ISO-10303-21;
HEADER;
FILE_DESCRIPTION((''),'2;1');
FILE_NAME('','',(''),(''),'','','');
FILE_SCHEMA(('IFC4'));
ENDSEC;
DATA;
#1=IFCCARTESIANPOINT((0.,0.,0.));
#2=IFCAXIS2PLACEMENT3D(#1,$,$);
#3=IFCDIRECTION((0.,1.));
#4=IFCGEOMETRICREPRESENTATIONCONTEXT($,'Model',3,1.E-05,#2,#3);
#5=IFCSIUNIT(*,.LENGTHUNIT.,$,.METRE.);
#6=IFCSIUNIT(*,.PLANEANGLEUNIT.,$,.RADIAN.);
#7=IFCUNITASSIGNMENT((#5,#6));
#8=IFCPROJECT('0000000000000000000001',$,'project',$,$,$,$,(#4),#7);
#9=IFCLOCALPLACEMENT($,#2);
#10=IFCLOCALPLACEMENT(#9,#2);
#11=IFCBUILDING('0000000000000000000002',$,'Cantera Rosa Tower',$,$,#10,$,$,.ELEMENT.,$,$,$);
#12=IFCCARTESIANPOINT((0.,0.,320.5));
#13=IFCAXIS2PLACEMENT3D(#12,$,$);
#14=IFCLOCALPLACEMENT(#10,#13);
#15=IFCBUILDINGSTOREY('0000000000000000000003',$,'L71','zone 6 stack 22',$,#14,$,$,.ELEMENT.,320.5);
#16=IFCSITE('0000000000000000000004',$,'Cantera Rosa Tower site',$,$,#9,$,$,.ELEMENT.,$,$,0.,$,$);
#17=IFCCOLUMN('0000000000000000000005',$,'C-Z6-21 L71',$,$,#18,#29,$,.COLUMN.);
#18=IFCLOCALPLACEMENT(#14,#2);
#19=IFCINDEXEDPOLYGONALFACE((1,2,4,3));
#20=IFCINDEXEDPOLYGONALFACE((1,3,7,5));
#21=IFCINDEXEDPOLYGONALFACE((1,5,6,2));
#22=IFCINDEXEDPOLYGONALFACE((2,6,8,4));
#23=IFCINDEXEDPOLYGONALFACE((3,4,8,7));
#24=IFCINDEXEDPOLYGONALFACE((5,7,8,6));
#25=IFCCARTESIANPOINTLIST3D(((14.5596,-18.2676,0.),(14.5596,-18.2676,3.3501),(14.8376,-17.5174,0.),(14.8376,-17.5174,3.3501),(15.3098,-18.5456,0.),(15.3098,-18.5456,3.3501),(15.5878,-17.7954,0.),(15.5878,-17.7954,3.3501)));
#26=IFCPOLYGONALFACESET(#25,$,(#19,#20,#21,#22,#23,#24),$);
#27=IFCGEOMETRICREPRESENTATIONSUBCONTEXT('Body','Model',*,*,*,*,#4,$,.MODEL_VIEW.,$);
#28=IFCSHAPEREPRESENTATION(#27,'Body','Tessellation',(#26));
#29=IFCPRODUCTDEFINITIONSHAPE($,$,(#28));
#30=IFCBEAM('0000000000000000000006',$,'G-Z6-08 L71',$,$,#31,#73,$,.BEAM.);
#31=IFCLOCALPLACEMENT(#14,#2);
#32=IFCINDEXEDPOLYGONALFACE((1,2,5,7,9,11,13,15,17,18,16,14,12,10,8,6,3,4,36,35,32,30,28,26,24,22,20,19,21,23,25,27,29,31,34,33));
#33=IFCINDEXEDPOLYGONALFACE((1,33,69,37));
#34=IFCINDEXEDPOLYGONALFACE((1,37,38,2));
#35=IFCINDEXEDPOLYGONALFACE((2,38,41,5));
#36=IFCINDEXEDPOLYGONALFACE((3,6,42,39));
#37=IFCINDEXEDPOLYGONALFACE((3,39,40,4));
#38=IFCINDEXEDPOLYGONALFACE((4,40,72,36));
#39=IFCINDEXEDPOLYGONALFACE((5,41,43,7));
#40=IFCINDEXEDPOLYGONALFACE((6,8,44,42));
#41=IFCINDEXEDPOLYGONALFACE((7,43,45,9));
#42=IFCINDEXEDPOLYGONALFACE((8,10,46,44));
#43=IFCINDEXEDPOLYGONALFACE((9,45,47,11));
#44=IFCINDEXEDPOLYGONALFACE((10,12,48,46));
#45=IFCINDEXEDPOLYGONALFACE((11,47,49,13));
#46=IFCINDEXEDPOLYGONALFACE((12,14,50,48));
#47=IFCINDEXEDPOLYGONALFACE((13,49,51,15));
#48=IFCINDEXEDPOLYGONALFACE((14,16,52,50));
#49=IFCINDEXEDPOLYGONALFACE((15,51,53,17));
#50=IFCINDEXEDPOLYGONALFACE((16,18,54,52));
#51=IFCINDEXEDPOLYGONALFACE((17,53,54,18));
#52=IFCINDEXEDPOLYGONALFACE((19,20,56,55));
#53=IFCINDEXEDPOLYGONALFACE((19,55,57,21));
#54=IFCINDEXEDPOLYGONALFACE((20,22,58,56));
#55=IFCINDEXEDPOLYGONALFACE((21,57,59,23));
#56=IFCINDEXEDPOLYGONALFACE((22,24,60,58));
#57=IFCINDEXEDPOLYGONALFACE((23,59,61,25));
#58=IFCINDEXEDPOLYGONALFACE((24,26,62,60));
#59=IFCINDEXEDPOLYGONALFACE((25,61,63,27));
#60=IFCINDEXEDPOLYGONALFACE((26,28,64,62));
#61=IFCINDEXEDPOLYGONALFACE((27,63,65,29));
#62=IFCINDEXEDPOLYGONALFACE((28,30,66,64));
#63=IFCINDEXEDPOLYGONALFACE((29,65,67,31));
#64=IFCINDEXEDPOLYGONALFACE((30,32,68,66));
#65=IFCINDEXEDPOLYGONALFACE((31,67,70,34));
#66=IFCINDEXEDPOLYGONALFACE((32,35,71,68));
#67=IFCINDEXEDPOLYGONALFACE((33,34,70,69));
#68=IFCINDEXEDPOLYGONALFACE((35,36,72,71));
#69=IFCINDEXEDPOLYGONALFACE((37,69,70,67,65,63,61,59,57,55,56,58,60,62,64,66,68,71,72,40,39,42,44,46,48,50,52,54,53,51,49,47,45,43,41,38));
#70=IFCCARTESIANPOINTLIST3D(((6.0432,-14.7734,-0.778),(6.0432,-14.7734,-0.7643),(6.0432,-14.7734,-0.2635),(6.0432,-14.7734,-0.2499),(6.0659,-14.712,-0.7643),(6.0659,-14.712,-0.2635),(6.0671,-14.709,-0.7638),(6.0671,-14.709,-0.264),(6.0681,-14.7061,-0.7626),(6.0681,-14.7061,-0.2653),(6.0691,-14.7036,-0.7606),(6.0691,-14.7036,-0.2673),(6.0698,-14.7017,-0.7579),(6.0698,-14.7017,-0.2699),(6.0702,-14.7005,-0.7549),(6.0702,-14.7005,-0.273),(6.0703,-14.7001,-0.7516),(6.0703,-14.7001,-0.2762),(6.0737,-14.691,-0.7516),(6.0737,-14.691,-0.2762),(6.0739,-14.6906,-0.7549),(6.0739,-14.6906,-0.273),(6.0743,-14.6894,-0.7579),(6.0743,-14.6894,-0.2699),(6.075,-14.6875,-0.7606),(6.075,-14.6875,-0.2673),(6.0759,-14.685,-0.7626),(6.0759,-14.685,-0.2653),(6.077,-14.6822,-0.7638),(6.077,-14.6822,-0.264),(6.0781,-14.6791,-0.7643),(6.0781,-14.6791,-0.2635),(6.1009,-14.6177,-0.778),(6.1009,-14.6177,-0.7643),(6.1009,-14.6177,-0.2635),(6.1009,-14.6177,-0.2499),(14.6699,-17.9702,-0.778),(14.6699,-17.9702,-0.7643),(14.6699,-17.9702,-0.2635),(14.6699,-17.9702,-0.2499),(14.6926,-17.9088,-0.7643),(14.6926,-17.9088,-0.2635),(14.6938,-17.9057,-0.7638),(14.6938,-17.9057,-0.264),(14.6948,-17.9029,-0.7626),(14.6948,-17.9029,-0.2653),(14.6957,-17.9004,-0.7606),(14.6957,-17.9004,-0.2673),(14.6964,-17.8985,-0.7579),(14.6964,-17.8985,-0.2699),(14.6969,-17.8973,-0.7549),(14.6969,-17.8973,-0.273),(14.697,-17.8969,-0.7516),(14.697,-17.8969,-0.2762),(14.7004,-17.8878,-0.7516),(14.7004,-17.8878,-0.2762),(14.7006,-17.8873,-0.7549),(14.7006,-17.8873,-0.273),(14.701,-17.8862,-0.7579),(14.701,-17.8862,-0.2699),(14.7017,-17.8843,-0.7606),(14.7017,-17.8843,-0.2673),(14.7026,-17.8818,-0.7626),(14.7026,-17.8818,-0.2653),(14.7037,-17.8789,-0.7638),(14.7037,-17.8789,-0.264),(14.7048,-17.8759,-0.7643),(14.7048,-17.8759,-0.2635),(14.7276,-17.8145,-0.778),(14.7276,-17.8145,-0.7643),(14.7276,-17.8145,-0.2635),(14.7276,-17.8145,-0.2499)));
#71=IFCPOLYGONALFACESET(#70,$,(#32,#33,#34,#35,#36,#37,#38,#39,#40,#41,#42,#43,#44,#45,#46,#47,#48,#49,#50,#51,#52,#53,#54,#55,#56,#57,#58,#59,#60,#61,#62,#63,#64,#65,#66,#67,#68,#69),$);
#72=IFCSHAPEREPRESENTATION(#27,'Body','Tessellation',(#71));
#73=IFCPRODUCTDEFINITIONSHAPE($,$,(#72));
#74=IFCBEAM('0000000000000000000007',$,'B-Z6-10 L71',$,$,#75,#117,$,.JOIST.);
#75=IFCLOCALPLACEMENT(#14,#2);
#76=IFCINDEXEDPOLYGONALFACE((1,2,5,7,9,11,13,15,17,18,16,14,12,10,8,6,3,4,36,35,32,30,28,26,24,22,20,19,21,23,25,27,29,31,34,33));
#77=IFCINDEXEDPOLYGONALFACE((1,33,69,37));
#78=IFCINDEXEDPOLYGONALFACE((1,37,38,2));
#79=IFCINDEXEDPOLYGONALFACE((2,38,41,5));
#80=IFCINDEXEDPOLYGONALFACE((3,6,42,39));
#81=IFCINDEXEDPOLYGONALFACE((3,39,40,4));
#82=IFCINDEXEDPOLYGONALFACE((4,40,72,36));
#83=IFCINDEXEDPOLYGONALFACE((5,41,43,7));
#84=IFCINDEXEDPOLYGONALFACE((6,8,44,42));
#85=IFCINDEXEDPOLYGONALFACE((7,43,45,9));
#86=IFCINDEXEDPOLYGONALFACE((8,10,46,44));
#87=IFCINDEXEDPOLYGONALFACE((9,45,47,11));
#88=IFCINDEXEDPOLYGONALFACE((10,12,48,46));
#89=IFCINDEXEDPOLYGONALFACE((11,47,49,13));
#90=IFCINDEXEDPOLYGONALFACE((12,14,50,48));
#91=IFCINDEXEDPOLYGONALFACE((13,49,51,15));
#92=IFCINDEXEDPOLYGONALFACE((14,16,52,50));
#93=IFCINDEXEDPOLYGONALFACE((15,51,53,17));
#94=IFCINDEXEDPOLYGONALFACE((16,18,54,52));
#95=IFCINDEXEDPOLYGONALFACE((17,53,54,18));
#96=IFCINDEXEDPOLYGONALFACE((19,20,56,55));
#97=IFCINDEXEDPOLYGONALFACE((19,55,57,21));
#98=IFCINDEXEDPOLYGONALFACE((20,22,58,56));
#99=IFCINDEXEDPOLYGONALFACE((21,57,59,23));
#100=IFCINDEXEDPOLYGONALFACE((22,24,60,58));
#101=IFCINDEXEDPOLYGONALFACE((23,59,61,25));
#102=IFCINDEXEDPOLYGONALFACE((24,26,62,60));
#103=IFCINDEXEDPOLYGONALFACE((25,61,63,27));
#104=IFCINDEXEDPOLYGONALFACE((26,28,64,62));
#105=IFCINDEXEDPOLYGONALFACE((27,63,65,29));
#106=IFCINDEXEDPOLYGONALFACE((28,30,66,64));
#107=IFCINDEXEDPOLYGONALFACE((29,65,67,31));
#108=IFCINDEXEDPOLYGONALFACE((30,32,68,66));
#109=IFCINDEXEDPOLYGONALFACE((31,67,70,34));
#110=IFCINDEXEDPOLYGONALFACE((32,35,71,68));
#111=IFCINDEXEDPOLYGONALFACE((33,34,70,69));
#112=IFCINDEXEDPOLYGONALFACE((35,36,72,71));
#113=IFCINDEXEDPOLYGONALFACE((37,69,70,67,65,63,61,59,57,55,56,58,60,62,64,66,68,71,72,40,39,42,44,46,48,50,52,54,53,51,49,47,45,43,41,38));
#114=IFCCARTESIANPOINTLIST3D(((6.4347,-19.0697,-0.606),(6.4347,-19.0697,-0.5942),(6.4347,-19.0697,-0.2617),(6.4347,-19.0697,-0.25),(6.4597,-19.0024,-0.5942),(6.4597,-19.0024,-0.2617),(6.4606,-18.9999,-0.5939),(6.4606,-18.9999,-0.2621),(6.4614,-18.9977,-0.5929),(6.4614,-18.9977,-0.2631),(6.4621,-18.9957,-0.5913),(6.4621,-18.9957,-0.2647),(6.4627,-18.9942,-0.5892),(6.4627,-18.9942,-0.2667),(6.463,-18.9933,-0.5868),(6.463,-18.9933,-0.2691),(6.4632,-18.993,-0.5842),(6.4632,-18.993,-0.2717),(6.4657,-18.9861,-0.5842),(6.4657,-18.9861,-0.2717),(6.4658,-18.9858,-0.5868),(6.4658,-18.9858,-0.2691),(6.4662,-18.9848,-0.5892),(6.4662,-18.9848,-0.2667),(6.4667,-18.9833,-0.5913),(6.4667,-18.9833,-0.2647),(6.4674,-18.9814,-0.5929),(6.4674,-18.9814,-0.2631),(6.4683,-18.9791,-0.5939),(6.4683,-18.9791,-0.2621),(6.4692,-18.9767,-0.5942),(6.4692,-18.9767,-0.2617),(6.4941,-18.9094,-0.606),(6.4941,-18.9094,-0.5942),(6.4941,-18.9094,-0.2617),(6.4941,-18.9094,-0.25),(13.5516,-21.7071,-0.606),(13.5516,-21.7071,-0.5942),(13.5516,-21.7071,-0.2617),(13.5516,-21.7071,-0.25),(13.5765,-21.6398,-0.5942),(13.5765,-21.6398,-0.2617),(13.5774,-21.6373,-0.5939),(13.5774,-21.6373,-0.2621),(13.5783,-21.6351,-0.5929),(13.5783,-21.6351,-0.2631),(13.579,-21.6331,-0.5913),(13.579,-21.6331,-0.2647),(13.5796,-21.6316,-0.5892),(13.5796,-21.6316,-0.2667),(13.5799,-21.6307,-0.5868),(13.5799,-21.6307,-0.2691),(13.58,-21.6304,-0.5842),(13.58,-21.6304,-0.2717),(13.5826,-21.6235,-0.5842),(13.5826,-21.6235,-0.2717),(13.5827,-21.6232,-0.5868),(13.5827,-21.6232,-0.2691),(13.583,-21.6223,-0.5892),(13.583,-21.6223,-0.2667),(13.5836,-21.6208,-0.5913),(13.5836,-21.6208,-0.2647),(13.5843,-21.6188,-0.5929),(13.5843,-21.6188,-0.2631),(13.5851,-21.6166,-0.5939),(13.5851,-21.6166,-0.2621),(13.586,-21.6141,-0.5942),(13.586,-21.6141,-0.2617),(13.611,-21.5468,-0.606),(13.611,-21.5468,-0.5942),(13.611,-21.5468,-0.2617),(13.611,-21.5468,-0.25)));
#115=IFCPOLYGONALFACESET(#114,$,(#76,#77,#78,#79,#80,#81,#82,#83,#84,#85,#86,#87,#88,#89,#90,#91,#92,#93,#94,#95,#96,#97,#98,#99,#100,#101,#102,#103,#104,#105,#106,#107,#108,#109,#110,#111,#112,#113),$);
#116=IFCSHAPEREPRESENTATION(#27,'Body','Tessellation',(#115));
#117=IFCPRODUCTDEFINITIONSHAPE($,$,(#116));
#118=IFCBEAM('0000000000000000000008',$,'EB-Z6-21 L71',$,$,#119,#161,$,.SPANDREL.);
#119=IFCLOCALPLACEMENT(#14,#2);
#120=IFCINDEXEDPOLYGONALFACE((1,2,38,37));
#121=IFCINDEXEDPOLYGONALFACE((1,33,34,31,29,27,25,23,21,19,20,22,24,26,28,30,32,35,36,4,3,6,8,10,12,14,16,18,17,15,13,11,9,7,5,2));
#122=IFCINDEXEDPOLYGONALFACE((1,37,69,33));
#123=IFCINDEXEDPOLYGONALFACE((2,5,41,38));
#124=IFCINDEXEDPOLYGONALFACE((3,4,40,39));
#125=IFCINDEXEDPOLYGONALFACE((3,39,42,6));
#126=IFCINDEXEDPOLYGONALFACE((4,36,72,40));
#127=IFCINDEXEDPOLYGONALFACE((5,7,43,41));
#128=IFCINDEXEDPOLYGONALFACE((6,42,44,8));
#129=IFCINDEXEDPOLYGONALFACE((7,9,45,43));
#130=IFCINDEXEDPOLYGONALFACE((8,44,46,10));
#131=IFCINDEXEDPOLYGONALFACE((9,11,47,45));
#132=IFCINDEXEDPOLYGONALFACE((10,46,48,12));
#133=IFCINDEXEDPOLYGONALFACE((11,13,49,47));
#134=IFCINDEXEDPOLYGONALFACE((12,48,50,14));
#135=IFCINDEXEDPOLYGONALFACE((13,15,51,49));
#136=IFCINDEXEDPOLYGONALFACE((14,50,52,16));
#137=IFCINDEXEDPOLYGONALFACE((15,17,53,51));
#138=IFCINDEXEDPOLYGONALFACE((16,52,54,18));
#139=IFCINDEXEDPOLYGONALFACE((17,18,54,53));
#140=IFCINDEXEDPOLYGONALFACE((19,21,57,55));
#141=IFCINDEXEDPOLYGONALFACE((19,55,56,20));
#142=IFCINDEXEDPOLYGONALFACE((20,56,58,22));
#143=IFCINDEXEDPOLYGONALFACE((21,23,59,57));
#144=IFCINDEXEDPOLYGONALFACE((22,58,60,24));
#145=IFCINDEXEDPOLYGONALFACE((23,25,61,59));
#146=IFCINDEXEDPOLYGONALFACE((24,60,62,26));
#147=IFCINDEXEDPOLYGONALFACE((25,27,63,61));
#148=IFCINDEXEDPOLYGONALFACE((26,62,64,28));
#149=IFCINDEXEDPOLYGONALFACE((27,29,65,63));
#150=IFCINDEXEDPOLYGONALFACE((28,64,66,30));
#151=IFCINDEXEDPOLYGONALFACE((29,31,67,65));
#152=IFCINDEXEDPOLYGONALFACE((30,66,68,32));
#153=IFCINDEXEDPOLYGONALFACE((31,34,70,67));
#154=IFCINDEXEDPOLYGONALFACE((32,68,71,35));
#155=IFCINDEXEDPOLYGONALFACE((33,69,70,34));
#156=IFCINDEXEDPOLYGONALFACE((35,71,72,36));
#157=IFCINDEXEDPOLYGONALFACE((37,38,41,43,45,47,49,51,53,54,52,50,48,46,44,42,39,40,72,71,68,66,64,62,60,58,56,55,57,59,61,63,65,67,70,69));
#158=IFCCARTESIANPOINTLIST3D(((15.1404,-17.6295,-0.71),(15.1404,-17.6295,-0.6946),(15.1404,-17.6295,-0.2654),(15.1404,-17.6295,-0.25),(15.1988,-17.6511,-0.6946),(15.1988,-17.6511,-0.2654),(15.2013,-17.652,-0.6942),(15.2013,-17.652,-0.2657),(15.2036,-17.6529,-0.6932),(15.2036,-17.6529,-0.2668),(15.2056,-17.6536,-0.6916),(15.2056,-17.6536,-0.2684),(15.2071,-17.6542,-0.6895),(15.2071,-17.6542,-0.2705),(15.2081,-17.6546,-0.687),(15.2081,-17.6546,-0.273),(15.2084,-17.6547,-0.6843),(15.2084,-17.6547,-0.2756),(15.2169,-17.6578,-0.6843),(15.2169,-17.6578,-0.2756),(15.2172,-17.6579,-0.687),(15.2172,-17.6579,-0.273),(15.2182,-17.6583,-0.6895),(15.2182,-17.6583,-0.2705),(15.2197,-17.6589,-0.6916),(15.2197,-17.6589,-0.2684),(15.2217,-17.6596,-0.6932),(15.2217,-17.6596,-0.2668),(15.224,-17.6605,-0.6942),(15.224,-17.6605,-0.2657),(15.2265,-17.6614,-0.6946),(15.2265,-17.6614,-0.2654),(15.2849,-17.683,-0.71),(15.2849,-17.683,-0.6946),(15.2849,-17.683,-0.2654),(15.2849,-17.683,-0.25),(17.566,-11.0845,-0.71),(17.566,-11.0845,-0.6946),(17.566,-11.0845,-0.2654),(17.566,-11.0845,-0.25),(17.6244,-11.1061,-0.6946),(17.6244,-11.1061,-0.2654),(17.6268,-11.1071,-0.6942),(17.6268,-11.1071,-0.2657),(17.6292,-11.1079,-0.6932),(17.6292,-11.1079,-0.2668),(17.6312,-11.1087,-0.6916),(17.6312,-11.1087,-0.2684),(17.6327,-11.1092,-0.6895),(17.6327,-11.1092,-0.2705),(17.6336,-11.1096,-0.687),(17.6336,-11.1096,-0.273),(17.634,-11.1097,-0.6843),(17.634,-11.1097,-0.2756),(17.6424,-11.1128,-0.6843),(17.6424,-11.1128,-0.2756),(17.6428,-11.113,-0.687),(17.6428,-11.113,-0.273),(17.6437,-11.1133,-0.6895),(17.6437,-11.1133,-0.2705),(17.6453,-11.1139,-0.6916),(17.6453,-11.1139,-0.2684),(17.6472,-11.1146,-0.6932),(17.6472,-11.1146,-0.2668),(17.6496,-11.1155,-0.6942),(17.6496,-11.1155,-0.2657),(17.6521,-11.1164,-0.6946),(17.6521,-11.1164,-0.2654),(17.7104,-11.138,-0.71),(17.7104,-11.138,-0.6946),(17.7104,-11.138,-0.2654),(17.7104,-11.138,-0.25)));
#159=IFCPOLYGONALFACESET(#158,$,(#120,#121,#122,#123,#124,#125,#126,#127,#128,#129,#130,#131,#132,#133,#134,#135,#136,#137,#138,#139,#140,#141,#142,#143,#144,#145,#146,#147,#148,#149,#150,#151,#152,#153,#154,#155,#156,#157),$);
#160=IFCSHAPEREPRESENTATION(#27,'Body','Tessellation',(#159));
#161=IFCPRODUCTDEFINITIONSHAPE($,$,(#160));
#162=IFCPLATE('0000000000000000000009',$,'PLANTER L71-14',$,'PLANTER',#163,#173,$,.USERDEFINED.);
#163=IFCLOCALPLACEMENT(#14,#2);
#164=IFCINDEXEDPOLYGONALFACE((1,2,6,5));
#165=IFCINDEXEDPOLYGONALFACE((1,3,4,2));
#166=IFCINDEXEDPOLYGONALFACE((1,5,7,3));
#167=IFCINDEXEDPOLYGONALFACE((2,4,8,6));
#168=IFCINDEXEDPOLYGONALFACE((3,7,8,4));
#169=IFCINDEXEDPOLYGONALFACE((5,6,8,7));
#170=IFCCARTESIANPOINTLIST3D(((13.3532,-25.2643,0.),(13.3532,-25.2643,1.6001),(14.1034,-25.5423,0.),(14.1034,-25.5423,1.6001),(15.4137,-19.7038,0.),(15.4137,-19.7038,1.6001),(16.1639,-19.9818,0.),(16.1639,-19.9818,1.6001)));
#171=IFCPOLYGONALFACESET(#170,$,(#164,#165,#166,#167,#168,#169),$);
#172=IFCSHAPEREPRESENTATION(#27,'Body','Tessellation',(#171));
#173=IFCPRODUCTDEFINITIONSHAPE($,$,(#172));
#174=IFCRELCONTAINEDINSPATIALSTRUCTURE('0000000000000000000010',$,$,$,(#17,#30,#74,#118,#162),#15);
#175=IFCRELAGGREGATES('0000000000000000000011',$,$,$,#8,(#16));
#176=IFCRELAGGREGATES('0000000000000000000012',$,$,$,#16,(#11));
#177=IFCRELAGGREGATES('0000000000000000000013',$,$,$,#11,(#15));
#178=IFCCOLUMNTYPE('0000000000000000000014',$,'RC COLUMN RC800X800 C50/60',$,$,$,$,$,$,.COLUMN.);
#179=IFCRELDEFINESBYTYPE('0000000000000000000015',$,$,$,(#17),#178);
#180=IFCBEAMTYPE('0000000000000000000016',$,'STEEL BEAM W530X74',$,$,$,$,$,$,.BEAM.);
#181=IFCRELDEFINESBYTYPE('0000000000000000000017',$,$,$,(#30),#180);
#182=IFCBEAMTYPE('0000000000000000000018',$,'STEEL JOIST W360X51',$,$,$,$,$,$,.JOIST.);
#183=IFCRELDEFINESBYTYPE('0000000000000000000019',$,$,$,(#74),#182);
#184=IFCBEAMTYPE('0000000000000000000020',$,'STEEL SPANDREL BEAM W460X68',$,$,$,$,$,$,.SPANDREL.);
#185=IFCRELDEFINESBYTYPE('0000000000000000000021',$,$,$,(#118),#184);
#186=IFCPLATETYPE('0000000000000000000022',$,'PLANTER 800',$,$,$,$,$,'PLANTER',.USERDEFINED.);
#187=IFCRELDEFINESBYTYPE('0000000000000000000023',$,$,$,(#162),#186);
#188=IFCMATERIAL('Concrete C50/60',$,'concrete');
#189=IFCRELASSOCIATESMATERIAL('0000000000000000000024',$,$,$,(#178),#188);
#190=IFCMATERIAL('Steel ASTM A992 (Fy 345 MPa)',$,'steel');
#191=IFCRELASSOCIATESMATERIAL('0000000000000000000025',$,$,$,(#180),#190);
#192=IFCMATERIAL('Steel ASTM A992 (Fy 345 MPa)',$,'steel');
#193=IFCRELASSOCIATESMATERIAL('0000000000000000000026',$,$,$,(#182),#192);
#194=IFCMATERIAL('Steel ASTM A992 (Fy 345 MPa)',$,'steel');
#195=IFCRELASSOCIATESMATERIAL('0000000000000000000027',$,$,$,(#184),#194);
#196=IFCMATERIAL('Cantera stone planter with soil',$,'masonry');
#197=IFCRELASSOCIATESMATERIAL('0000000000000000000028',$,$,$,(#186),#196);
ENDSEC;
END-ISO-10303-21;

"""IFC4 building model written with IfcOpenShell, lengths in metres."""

from ifc_helpers import new_model, si_unit, direction, frame, origin, origin_2d, place, context, subcontext, project, spatial, rectangle, i_section, extrude, material, material_profile, profile_set, type_object, element, save


model = new_model("IFC4")

# Units and contexts
model_context = context("Model", 3, precision=1e-05, world=origin(), true_north=direction((0.0, 1.0)))
body_context = subcontext(model_context, "Body", "Model", "MODEL_VIEW")
ifc_project = project(units=[si_unit("LENGTHUNIT", "METRE"), si_unit("PLANEANGLEUNIT", "RADIAN")], contexts=[model_context])

# Site, building, storey
site_placement = place(None, origin())
site = spatial("IfcSite", under=ifc_project, at=site_placement, Name="Cantera Rosa Tower site", CompositionType="ELEMENT", RefElevation=0.0)
building_placement = place(site_placement, origin())
building = spatial("IfcBuilding", under=site, at=building_placement, Name="Cantera Rosa Tower", CompositionType="ELEMENT")
storey_placement = place(building_placement, frame((0.0, 0.0, 320.5)))
storey = spatial("IfcBuildingStorey", under=building, at=storey_placement, Name="L71", Description="zone 6 stack 22", CompositionType="ELEMENT", Elevation=320.5)

# Column
ifc_material_1 = material(Name="Concrete C50/60", Category="concrete")
ifc_material_profile_1 = material_profile(ifc_material_1, rectangle(XDim=0.8, YDim=0.8, at=origin_2d()), Name="RC COLUMN RC800X800 C50/60")
ifc_profile_set_1 = profile_set([ifc_material_profile_1], Name="Concrete C50/60")
column_type = type_object("IfcColumnType", Name="RC COLUMN RC800X800 C50/60", PredefinedType="COLUMN", material=ifc_profile_set_1)
column_placement = place(storey_placement, frame((15.0737, -18.0315, 0.0), z_axis=(0.0, 0.0, 1.0), x_axis=(0.347481, 0.937687, 0.0)))
element("IfcColumn", 1, at=column_placement, inside=storey, type_object=column_type, Name="C-Z6-21 L71", PredefinedType="COLUMN", context=body_context, shape_type="SweptSolid", body=[
    extrude(rectangle(XDim=0.8, YDim=0.8, at=origin_2d()), origin(), (0.0, 0.0, 1.0), 3.3501),
])

# Beams
ifc_material_2 = material(Name="Steel ASTM A992 (Fy 345 MPa)", Category="steel")
ifc_material_profile_2 = material_profile(ifc_material_2, i_section(OverallWidth=0.166, OverallDepth=0.5281, WebThickness=0.0098, FlangeThickness=0.0137, FilletRadius=0.0127, at=origin_2d()), Name="W530X74")
ifc_profile_set_2 = profile_set([ifc_material_profile_2], Name="Steel ASTM A992 (Fy 345 MPa)")
beam_type_1 = type_object("IfcBeamType", Name="STEEL BEAM W530X74", PredefinedType="BEAM", material=ifc_profile_set_2)
beam_1_placement = place(storey_placement, frame((14.6987, -17.8923, -0.5139), z_axis=(-0.937689, 0.347477, 0.0), x_axis=(-0.347477, -0.937689, 0.0)))
element("IfcBeam", 2, at=beam_1_placement, inside=storey, type_object=beam_type_1, Name="G-Z6-08 L71", PredefinedType="BEAM", context=body_context, shape_type="SweptSolid", body=[
    extrude(i_section(OverallWidth=0.166, OverallDepth=0.5281, WebThickness=0.0098, FlangeThickness=0.0137, FilletRadius=0.0127, at=origin_2d()), origin(), (0.0, 0.0, 1.0), 9.2),
])
ifc_material_3 = material(Name="Steel ASTM A992 (Fy 345 MPa)", Category="steel")
ifc_material_profile_3 = material_profile(ifc_material_3, i_section(OverallWidth=0.1709, OverallDepth=0.356, WebThickness=0.0073, FlangeThickness=0.0117, FilletRadius=0.01, at=origin_2d()), Name="W360X51")
ifc_profile_set_3 = profile_set([ifc_material_profile_3], Name="Steel ASTM A992 (Fy 345 MPa)")
beam_type_2 = type_object("IfcBeamType", Name="STEEL JOIST W360X51", PredefinedType="JOIST", material=ifc_profile_set_3)
beam_2_placement = place(storey_placement, frame((13.5813, -21.627, -0.428), z_axis=(-0.937682, 0.347493, 0.0), x_axis=(-0.347493, -0.937682, 0.0)))
element("IfcBeam", 3, at=beam_2_placement, inside=storey, type_object=beam_type_2, Name="B-Z6-10 L71", PredefinedType="JOIST", context=body_context, shape_type="SweptSolid", body=[
    extrude(i_section(OverallWidth=0.1709, OverallDepth=0.356, WebThickness=0.0073, FlangeThickness=0.0117, FilletRadius=0.01, at=origin_2d()), origin(), (0.0, 0.0, 1.0), 7.5898),
])
ifc_material_4 = material(Name="Steel ASTM A992 (Fy 345 MPa)", Category="steel")
ifc_material_profile_4 = material_profile(ifc_material_4, i_section(OverallWidth=0.1541, OverallDepth=0.46, WebThickness=0.009, FlangeThickness=0.0154, FilletRadius=0.0103, at=origin_2d()), Name="W460X68")
ifc_profile_set_4 = profile_set([ifc_material_profile_4], Name="Steel ASTM A992 (Fy 345 MPa)")
beam_type_3 = type_object("IfcBeamType", Name="STEEL SPANDREL BEAM W460X68", PredefinedType="SPANDREL", material=ifc_profile_set_4)
beam_3_placement = place(storey_placement, frame((15.2126, -17.6562, -0.48), z_axis=(0.347502, 0.937679, 0.0), x_axis=(-0.937679, 0.347502, 0.0)))
element("IfcBeam", 4, at=beam_3_placement, inside=storey, type_object=beam_type_3, Name="EB-Z6-21 L71", PredefinedType="SPANDREL", context=body_context, shape_type="SweptSolid", body=[
    extrude(i_section(OverallWidth=0.1541, OverallDepth=0.46, WebThickness=0.009, FlangeThickness=0.0154, FilletRadius=0.0103, at=origin_2d()), origin(), (0.0, 0.0, 1.0), 6.98),
])

# Plate
ifc_material_5 = material(Name="Cantera stone planter with soil", Category="masonry")
plate_type = type_object("IfcPlateType", Name="PLANTER 800", ElementType="PLANTER", PredefinedType="USERDEFINED", material=ifc_material_5)
plate_placement = place(storey_placement, frame((14.7585, -22.623, 0.0), z_axis=(0.0, 0.0, 1.0), x_axis=(0.347481, 0.937687, 0.0)))
element("IfcPlate", 5, at=plate_placement, inside=storey, type_object=plate_type, Name="PLANTER L71-14", ObjectType="PLANTER", PredefinedType="USERDEFINED", context=body_context, shape_type="SweptSolid", body=[
    extrude(rectangle(XDim=5.9299, YDim=0.8, at=origin_2d()), origin(), (0.0, 0.0, 1.0), 1.6001),
])

save(model, "model.ifc")
